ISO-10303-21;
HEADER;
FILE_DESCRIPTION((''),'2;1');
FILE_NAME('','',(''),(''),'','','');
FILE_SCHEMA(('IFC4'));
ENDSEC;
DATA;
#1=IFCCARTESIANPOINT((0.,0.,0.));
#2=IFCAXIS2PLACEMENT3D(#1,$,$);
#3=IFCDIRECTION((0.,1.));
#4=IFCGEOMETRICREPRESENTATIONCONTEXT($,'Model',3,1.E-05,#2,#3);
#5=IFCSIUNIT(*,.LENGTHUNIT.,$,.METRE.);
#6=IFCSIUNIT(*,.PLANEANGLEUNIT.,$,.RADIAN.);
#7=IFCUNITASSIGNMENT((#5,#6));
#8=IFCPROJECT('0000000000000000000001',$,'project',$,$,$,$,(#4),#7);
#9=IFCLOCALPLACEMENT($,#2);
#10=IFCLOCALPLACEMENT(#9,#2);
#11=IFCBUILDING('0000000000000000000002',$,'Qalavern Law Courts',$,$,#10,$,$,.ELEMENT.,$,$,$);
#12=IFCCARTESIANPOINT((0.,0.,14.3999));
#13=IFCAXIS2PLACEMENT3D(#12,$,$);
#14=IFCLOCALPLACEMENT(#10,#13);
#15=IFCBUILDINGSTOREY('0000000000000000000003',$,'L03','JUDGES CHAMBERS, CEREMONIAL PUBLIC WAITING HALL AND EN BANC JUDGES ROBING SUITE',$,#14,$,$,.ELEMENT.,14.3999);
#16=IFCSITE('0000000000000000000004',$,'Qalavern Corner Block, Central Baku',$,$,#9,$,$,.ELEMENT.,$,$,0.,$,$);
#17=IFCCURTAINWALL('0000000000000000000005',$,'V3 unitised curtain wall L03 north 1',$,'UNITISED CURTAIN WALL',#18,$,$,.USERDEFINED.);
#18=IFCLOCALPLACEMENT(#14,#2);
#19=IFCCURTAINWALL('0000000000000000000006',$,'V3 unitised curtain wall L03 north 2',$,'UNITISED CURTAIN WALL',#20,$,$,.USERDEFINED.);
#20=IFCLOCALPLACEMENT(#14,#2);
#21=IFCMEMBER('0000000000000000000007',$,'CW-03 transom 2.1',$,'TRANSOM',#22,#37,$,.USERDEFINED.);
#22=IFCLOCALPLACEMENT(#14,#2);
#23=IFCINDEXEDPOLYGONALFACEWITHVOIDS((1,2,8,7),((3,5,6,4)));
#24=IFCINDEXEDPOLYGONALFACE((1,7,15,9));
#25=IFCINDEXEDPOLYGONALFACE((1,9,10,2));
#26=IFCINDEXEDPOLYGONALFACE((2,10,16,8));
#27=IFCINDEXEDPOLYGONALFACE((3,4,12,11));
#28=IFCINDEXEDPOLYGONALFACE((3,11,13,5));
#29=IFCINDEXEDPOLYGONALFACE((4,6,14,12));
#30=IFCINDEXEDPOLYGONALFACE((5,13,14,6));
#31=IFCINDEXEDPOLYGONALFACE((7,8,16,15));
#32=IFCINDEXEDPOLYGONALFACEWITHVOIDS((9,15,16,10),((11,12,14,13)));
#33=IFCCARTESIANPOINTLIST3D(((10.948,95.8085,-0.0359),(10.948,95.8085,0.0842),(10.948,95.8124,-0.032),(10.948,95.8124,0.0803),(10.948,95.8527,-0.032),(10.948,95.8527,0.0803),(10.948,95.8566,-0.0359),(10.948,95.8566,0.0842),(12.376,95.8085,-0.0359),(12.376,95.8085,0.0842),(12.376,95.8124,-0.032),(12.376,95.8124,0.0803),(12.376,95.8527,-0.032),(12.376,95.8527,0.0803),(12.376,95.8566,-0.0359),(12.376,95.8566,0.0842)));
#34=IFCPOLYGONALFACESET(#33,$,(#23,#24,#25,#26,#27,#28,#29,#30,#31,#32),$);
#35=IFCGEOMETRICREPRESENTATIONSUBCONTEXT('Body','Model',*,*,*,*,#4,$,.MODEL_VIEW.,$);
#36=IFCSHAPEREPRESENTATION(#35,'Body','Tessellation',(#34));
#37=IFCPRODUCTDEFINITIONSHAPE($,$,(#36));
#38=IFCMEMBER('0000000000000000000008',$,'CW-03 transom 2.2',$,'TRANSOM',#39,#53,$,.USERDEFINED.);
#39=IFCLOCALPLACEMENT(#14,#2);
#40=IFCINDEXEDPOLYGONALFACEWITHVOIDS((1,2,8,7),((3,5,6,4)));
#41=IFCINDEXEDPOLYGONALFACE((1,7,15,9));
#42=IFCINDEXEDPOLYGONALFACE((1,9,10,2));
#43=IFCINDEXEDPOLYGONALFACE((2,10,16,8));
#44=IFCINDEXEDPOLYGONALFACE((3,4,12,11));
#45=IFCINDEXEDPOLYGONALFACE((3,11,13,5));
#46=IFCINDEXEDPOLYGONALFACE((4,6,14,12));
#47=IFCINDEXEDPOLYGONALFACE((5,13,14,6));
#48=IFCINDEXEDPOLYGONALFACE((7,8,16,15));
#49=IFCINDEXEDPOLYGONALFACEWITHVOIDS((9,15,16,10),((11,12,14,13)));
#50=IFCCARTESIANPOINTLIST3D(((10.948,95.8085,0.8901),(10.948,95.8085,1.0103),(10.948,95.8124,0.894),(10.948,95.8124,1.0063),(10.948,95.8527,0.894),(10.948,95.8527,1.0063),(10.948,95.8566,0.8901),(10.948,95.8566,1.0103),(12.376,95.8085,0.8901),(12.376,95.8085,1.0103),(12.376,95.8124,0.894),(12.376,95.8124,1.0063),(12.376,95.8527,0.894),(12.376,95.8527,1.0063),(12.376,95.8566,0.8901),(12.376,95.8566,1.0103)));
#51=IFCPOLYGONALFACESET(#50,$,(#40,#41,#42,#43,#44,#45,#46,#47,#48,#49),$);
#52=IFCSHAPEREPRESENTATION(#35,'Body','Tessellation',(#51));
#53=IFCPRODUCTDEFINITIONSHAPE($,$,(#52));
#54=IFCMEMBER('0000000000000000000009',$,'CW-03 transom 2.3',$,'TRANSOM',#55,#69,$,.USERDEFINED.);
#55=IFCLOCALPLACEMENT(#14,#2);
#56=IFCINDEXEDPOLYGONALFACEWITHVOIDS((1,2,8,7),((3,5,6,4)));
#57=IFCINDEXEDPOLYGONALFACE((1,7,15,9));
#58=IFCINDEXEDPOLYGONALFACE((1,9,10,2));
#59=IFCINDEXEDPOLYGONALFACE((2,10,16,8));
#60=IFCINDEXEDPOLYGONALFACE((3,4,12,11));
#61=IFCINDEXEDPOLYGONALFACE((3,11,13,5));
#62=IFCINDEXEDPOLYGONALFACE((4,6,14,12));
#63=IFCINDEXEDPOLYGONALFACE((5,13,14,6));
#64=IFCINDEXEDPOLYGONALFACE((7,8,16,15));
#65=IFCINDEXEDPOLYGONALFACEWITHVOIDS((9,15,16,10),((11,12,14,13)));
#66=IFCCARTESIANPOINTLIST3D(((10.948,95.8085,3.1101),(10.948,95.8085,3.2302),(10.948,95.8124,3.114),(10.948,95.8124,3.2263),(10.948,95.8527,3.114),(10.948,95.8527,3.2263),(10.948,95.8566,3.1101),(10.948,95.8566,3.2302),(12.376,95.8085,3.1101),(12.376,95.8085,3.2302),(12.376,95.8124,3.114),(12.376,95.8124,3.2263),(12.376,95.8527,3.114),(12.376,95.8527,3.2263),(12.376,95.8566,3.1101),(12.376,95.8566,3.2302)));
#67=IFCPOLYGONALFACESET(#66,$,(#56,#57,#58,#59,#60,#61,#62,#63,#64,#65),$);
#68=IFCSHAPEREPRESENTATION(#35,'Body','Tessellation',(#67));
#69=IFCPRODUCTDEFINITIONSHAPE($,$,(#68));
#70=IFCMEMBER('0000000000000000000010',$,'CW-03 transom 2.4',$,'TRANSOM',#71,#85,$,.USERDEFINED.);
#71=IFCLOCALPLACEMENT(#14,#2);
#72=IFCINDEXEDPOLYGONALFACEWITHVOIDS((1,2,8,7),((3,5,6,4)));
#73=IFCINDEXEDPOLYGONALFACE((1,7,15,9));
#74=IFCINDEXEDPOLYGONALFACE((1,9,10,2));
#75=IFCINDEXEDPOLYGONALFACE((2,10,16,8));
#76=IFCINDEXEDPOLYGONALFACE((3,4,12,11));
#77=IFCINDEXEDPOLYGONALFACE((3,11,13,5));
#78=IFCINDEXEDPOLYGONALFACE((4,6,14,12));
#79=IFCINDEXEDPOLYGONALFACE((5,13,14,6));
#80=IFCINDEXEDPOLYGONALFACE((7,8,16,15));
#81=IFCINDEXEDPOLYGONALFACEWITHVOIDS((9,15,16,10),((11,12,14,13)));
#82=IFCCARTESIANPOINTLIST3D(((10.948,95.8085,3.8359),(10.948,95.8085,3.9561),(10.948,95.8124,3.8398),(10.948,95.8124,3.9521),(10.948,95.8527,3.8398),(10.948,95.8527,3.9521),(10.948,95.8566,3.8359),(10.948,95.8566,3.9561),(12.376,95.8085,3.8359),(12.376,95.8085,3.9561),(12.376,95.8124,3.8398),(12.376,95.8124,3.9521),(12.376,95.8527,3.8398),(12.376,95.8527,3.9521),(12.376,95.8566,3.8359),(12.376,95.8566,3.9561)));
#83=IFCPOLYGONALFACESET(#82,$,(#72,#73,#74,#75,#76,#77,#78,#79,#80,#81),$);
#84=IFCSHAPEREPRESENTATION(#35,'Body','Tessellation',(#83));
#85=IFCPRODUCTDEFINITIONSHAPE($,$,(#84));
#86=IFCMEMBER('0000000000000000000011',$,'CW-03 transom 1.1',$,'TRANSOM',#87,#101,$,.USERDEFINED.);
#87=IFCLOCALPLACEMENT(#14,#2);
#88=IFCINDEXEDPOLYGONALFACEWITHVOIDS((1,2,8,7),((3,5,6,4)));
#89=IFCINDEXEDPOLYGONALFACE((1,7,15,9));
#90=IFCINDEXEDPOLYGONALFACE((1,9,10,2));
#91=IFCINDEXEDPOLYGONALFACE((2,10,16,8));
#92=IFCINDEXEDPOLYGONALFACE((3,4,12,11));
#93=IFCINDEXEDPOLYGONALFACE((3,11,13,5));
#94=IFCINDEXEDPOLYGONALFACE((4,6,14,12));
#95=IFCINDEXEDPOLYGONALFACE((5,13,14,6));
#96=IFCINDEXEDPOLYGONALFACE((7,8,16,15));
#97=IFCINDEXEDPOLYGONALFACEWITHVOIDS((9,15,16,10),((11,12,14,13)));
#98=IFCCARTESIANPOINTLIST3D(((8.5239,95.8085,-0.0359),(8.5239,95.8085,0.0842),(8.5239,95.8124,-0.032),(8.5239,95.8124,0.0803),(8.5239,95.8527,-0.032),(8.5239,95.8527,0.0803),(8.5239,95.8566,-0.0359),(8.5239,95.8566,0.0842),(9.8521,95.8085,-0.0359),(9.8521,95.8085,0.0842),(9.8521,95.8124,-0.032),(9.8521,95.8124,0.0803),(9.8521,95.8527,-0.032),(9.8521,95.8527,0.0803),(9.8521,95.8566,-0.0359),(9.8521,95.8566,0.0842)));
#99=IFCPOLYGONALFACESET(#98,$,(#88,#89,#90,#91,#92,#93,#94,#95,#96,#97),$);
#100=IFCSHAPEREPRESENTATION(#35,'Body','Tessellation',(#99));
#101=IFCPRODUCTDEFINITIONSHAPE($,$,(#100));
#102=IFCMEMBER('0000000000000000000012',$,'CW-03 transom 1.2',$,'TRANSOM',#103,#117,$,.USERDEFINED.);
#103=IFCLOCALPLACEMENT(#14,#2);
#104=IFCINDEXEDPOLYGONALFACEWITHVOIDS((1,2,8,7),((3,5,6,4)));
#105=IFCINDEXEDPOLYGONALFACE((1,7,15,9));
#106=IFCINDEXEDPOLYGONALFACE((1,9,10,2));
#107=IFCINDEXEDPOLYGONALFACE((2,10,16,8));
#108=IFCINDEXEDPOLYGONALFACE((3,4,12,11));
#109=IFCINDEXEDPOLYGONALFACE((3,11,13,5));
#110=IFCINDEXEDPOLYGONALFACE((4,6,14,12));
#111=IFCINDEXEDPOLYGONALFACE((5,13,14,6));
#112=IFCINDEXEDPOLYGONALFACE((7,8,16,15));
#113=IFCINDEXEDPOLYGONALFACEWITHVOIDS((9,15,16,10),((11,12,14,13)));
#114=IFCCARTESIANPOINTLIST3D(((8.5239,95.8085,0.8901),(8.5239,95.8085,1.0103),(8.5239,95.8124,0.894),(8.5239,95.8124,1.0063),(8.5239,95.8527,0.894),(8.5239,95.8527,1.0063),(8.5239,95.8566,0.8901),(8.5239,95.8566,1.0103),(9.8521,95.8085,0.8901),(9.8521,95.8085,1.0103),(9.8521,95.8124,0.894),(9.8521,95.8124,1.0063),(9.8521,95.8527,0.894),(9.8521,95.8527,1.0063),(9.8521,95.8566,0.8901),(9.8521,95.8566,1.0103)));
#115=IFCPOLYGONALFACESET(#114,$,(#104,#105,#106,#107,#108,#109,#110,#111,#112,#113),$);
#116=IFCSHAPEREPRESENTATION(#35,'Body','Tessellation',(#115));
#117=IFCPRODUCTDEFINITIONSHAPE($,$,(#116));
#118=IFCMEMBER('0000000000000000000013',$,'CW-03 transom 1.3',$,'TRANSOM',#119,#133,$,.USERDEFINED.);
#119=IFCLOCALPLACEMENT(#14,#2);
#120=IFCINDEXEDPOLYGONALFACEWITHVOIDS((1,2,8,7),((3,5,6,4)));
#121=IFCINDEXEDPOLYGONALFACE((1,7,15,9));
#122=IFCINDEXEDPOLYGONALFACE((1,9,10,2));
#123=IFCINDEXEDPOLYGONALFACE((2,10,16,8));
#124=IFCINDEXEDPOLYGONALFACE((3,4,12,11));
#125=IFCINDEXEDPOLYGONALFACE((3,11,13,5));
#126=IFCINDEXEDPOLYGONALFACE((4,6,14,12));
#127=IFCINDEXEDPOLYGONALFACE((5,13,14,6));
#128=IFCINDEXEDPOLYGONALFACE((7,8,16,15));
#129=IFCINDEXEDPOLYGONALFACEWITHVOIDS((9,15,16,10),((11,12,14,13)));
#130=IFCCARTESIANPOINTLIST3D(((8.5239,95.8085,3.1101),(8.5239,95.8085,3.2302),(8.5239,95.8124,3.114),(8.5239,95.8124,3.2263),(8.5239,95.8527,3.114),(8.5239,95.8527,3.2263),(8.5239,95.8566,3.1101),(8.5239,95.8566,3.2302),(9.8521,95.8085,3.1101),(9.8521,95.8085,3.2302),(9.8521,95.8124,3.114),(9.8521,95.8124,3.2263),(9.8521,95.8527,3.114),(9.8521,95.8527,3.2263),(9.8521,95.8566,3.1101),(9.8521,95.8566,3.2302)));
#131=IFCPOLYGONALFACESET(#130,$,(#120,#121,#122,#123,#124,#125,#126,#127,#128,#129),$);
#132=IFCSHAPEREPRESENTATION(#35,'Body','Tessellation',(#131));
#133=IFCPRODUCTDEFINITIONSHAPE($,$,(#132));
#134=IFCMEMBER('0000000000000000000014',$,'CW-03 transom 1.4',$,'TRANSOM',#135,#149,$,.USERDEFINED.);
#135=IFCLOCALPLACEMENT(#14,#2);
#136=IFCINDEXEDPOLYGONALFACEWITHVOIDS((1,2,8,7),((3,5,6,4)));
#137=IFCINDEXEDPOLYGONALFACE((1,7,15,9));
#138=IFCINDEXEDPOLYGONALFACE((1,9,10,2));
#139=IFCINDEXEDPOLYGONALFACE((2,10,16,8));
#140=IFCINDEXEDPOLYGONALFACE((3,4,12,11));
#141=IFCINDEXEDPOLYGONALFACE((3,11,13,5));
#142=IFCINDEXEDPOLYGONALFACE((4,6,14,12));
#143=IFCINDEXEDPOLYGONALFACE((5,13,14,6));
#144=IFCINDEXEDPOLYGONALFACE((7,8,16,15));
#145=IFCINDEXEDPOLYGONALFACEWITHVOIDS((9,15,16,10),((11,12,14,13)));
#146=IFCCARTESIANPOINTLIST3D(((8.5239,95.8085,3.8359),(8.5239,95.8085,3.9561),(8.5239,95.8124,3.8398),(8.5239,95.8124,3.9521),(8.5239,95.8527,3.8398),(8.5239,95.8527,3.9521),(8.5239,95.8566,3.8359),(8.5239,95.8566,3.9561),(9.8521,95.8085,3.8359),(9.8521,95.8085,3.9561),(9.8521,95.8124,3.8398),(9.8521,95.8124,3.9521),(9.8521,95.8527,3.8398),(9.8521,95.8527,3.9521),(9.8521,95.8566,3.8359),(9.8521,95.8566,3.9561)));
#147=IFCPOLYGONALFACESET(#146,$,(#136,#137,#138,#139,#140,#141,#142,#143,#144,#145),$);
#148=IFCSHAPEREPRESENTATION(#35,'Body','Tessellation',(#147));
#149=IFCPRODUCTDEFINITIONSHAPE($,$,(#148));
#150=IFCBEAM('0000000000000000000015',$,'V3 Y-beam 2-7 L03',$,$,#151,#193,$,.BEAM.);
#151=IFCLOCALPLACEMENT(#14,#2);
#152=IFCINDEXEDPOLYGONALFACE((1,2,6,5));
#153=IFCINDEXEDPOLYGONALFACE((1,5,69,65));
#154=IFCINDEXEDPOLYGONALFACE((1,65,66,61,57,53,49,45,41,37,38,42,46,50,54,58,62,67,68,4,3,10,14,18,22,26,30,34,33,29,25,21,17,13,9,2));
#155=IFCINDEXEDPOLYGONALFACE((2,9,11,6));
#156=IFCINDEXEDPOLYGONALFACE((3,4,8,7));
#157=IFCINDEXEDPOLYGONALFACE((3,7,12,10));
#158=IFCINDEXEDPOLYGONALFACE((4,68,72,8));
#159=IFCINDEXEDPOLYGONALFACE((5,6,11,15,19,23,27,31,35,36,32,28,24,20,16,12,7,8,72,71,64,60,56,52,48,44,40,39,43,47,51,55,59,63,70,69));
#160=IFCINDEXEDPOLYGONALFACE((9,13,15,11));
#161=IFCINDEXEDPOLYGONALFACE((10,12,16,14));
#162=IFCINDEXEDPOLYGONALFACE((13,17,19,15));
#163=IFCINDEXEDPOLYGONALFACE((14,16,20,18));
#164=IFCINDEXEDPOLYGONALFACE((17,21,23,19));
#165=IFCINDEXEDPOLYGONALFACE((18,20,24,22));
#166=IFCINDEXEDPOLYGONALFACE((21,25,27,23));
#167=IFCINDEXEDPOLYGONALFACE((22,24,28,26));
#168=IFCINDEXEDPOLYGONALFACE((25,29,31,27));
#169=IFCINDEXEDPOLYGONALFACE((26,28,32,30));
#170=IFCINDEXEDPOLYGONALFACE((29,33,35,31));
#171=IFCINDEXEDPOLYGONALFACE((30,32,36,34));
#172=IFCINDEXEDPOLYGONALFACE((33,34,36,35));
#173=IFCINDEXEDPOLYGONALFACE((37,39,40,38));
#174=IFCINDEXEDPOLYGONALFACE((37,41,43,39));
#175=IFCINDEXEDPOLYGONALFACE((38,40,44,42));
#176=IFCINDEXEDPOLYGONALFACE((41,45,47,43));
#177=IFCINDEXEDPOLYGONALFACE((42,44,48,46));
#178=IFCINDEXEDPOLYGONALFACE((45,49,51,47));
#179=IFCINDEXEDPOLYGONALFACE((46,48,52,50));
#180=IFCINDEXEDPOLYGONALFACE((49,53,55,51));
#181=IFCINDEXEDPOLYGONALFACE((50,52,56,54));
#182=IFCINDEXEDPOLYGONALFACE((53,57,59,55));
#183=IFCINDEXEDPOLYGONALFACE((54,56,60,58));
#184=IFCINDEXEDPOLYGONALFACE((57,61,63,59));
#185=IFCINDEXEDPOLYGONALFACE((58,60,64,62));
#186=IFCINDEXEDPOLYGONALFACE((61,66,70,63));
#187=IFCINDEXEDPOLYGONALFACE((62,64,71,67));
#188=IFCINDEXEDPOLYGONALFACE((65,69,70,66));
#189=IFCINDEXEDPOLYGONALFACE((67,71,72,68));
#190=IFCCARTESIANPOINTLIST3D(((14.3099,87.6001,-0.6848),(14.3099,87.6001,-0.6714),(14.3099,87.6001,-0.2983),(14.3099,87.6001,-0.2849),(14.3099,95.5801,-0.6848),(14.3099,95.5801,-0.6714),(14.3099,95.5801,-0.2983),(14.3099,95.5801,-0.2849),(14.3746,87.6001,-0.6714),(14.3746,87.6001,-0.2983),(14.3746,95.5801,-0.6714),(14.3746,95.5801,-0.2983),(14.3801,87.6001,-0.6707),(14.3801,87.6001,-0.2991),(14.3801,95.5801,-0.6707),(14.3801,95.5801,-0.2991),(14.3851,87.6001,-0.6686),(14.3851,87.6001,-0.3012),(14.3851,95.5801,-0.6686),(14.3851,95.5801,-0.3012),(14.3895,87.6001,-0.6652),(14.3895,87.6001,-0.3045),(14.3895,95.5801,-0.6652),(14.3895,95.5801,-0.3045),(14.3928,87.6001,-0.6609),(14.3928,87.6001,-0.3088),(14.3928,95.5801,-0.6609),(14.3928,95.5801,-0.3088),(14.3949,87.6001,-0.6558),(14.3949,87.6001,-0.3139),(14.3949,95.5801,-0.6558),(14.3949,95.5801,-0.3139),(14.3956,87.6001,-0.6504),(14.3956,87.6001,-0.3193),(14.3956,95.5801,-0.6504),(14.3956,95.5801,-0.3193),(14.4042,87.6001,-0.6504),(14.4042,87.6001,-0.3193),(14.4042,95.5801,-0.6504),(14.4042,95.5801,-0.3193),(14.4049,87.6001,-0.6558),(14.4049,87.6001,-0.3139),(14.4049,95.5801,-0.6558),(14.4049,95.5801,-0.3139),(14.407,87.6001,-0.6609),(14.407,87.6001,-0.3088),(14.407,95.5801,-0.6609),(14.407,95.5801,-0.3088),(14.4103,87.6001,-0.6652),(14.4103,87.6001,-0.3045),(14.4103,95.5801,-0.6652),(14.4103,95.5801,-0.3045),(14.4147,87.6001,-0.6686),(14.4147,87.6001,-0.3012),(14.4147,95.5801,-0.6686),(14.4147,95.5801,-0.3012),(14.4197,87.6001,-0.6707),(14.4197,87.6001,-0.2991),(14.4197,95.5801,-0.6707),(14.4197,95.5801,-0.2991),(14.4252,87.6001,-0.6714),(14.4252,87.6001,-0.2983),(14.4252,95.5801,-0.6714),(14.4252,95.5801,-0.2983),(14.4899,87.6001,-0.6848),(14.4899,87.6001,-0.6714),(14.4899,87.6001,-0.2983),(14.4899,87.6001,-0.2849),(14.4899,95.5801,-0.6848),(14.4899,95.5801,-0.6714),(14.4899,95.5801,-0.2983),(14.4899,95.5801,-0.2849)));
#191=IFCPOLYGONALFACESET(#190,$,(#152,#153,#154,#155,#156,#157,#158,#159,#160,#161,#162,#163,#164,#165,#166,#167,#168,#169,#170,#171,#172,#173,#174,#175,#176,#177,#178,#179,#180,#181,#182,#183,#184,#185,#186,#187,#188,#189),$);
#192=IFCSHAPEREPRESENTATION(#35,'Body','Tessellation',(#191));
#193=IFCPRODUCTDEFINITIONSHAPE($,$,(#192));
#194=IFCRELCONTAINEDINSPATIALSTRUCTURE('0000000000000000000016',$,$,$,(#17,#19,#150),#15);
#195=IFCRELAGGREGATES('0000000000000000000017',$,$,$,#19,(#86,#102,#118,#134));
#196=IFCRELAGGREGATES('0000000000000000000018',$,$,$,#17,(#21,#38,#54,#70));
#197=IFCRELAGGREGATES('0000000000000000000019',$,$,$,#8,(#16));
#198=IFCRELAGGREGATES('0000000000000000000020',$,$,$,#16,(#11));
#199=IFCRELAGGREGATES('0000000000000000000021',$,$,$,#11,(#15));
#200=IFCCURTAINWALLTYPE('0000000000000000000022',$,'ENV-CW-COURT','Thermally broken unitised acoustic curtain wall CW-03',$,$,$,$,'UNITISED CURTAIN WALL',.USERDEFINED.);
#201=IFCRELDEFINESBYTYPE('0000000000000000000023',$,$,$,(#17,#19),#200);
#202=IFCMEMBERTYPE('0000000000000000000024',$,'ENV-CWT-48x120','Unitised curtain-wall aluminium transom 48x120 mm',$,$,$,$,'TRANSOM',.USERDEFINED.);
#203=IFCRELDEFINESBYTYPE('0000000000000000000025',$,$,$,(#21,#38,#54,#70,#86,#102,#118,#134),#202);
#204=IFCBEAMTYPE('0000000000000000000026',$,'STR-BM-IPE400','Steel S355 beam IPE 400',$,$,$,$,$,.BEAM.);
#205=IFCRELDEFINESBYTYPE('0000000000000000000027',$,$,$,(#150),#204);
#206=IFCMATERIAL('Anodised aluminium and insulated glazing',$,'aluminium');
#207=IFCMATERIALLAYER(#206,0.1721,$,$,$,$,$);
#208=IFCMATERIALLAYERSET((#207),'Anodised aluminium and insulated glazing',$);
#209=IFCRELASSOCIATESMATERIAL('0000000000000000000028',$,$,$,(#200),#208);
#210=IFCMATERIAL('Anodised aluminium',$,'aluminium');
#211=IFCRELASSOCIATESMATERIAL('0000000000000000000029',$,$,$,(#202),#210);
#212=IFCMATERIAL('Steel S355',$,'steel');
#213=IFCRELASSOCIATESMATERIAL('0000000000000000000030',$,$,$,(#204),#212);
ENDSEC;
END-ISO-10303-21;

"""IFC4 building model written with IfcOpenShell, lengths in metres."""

from ifc_helpers import new_model, si_unit, direction, frame, origin, origin_2d, place, context, subcontext, project, spatial, hollow_rectangle, i_section, extrude, material, layer, layer_set, material_profile, profile_set, type_object, element, aggregate, save


model = new_model("IFC4")

# Units and contexts
model_context = context("Model", 3, precision=1e-05, world=origin(), true_north=direction((0.0, 1.0)))
body_context = subcontext(model_context, "Body", "Model", "MODEL_VIEW")
ifc_project = project(units=[si_unit("LENGTHUNIT", "METRE"), si_unit("PLANEANGLEUNIT", "RADIAN")], contexts=[model_context])

# Site, building, storey
site_placement = place(None, origin())
site = spatial("IfcSite", under=ifc_project, at=site_placement, Name="Qalavern Corner Block, Central Baku", CompositionType="ELEMENT", RefElevation=0.0)
building_placement = place(site_placement, origin())
building = spatial("IfcBuilding", under=site, at=building_placement, Name="Qalavern Law Courts", CompositionType="ELEMENT")
storey_placement = place(building_placement, frame((0.0, 0.0, 14.3999)))
storey = spatial("IfcBuildingStorey", under=building, at=storey_placement, Name="L03", Description="JUDGES CHAMBERS, CEREMONIAL PUBLIC WAITING HALL AND EN BANC JUDGES ROBING SUITE", CompositionType="ELEMENT", Elevation=14.3999)

# Shared definitions
ifc_material_1 = material(Name="Anodised aluminium and insulated glazing", Category="aluminium")
ifc_layer_1 = layer(ifc_material_1, 0.1721)
ifc_layer_set_1 = layer_set([ifc_layer_1], Name="Anodised aluminium and insulated glazing")
curtain_wall_type = type_object("IfcCurtainWallType", Name="ENV-CW-COURT", Description="Thermally broken unitised acoustic curtain wall CW-03", ElementType="UNITISED CURTAIN WALL", PredefinedType="USERDEFINED", material=ifc_layer_set_1)
ifc_material_2 = material(Name="Anodised aluminium", Category="aluminium")

# Curtain wall
curtain_wall_1_placement = place(storey_placement, origin())
curtain_wall_1 = element("IfcCurtainWall", 1, at=curtain_wall_1_placement, inside=storey, type_object=curtain_wall_type, Name="V3 unitised curtain wall L03 north 1", ObjectType="UNITISED CURTAIN WALL", PredefinedType="USERDEFINED")

# Curtain wall
curtain_wall_2_placement = place(storey_placement, origin())
curtain_wall_2 = element("IfcCurtainWall", 2, at=curtain_wall_2_placement, inside=storey, type_object=curtain_wall_type, Name="V3 unitised curtain wall L03 north 2", ObjectType="UNITISED CURTAIN WALL", PredefinedType="USERDEFINED")

# Members
ifc_material_profile_1 = material_profile(ifc_material_2, hollow_rectangle(XDim=0.0481, YDim=0.1201, WallThickness=0.0039, at=origin_2d()), Name="ALU TRANSOM 48x120")
ifc_profile_set_1 = profile_set([ifc_material_profile_1], Name="Anodised aluminium")
member_type_1 = type_object("IfcMemberType", Name="ENV-CWT-48x120", Description="Unitised curtain-wall aluminium transom 48x120 mm", ElementType="TRANSOM", PredefinedType="USERDEFINED", material=ifc_profile_set_1)
member_1_placement = place(storey_placement, frame((12.376, 95.8325, 0.0242), z_axis=(-1.0, 0.0, 0.0), x_axis=(0.0, -1.0, 0.0)))
member_1 = element("IfcMember", 3, at=member_1_placement, type_object=member_type_1, Name="CW-03 transom 2.1", ObjectType="TRANSOM", PredefinedType="USERDEFINED", context=body_context, shape_type="SweptSolid", body=[
    extrude(hollow_rectangle(XDim=0.0481, YDim=0.1201, WallThickness=0.0039, at=origin_2d()), origin(), (0.0, 0.0, 1.0), 1.428),
])
member_2_placement = place(storey_placement, frame((12.376, 95.8325, 0.9502), z_axis=(-1.0, 0.0, 0.0), x_axis=(0.0, -1.0, 0.0)))
member_2 = element("IfcMember", 4, at=member_2_placement, type_object=member_type_1, Name="CW-03 transom 2.2", ObjectType="TRANSOM", PredefinedType="USERDEFINED", context=body_context, shape_type="SweptSolid", body=[
    extrude(hollow_rectangle(XDim=0.0481, YDim=0.1201, WallThickness=0.0039, at=origin_2d()), origin(), (0.0, 0.0, 1.0), 1.428),
])
member_3_placement = place(storey_placement, frame((12.376, 95.8325, 3.1702), z_axis=(-1.0, 0.0, 0.0), x_axis=(0.0, -1.0, 0.0)))
member_3 = element("IfcMember", 5, at=member_3_placement, type_object=member_type_1, Name="CW-03 transom 2.3", ObjectType="TRANSOM", PredefinedType="USERDEFINED", context=body_context, shape_type="SweptSolid", body=[
    extrude(hollow_rectangle(XDim=0.0481, YDim=0.1201, WallThickness=0.0039, at=origin_2d()), origin(), (0.0, 0.0, 1.0), 1.428),
])
member_4_placement = place(storey_placement, frame((12.376, 95.8325, 3.896), z_axis=(-1.0, 0.0, 0.0), x_axis=(0.0, -1.0, 0.0)))
member_4 = element("IfcMember", 6, at=member_4_placement, type_object=member_type_1, Name="CW-03 transom 2.4", ObjectType="TRANSOM", PredefinedType="USERDEFINED", context=body_context, shape_type="SweptSolid", body=[
    extrude(hollow_rectangle(XDim=0.0481, YDim=0.1201, WallThickness=0.0039, at=origin_2d()), origin(), (0.0, 0.0, 1.0), 1.428),
])
member_5_placement = place(storey_placement, frame((9.8521, 95.8325, 0.0242), z_axis=(-1.0, 0.0, 0.0), x_axis=(0.0, -1.0, 0.0)))
member_5 = element("IfcMember", 7, at=member_5_placement, type_object=member_type_1, Name="CW-03 transom 1.1", ObjectType="TRANSOM", PredefinedType="USERDEFINED", context=body_context, shape_type="SweptSolid", body=[
    extrude(hollow_rectangle(XDim=0.0481, YDim=0.1201, WallThickness=0.0039, at=origin_2d()), origin(), (0.0, 0.0, 1.0), 1.3281),
])
member_6_placement = place(storey_placement, frame((9.8521, 95.8325, 0.9502), z_axis=(-1.0, 0.0, 0.0), x_axis=(0.0, -1.0, 0.0)))
member_6 = element("IfcMember", 8, at=member_6_placement, type_object=member_type_1, Name="CW-03 transom 1.2", ObjectType="TRANSOM", PredefinedType="USERDEFINED", context=body_context, shape_type="SweptSolid", body=[
    extrude(hollow_rectangle(XDim=0.0481, YDim=0.1201, WallThickness=0.0039, at=origin_2d()), origin(), (0.0, 0.0, 1.0), 1.3281),
])
member_7_placement = place(storey_placement, frame((9.8521, 95.8325, 3.1702), z_axis=(-1.0, 0.0, 0.0), x_axis=(0.0, -1.0, 0.0)))
member_7 = element("IfcMember", 9, at=member_7_placement, type_object=member_type_1, Name="CW-03 transom 1.3", ObjectType="TRANSOM", PredefinedType="USERDEFINED", context=body_context, shape_type="SweptSolid", body=[
    extrude(hollow_rectangle(XDim=0.0481, YDim=0.1201, WallThickness=0.0039, at=origin_2d()), origin(), (0.0, 0.0, 1.0), 1.3281),
])
member_8_placement = place(storey_placement, frame((9.8521, 95.8325, 3.896), z_axis=(-1.0, 0.0, 0.0), x_axis=(0.0, -1.0, 0.0)))
member_8 = element("IfcMember", 10, at=member_8_placement, type_object=member_type_1, Name="CW-03 transom 1.4", ObjectType="TRANSOM", PredefinedType="USERDEFINED", context=body_context, shape_type="SweptSolid", body=[
    extrude(hollow_rectangle(XDim=0.0481, YDim=0.1201, WallThickness=0.0039, at=origin_2d()), origin(), (0.0, 0.0, 1.0), 1.3281),
])
aggregate(curtain_wall_2, [member_5, member_6, member_7, member_8])

# Beam
ifc_material_3 = material(Name="Steel S355", Category="steel")
ifc_material_profile_2 = material_profile(ifc_material_3, i_section(OverallWidth=0.1799, OverallDepth=0.3999, WebThickness=0.0085, FlangeThickness=0.0134, FilletRadius=0.021, at=origin_2d()), Name="IPE 400")
ifc_profile_set_2 = profile_set([ifc_material_profile_2], Name="Steel S355")
beam_type_1 = type_object("IfcBeamType", Name="STR-BM-IPE400", Description="Steel S355 beam IPE 400", PredefinedType="BEAM", material=ifc_profile_set_2)
beam_1_placement = place(storey_placement, frame((14.3999, 87.6001, -0.4849), z_axis=(0.0, 1.0, 0.0), x_axis=(-1.0, 0.0, 0.0)))
element("IfcBeam", 11, at=beam_1_placement, inside=storey, type_object=beam_type_1, Name="V3 Y-beam 2-7 L03", PredefinedType="BEAM", context=body_context, shape_type="SweptSolid", body=[
    extrude(i_section(OverallWidth=0.1799, OverallDepth=0.3999, WebThickness=0.0085, FlangeThickness=0.0134, FilletRadius=0.021, at=origin_2d()), origin(), (0.0, 0.0, 1.0), 7.98),
])

aggregate(curtain_wall_1, [member_1, member_2, member_3, member_4])

save(model, "model.ifc")
